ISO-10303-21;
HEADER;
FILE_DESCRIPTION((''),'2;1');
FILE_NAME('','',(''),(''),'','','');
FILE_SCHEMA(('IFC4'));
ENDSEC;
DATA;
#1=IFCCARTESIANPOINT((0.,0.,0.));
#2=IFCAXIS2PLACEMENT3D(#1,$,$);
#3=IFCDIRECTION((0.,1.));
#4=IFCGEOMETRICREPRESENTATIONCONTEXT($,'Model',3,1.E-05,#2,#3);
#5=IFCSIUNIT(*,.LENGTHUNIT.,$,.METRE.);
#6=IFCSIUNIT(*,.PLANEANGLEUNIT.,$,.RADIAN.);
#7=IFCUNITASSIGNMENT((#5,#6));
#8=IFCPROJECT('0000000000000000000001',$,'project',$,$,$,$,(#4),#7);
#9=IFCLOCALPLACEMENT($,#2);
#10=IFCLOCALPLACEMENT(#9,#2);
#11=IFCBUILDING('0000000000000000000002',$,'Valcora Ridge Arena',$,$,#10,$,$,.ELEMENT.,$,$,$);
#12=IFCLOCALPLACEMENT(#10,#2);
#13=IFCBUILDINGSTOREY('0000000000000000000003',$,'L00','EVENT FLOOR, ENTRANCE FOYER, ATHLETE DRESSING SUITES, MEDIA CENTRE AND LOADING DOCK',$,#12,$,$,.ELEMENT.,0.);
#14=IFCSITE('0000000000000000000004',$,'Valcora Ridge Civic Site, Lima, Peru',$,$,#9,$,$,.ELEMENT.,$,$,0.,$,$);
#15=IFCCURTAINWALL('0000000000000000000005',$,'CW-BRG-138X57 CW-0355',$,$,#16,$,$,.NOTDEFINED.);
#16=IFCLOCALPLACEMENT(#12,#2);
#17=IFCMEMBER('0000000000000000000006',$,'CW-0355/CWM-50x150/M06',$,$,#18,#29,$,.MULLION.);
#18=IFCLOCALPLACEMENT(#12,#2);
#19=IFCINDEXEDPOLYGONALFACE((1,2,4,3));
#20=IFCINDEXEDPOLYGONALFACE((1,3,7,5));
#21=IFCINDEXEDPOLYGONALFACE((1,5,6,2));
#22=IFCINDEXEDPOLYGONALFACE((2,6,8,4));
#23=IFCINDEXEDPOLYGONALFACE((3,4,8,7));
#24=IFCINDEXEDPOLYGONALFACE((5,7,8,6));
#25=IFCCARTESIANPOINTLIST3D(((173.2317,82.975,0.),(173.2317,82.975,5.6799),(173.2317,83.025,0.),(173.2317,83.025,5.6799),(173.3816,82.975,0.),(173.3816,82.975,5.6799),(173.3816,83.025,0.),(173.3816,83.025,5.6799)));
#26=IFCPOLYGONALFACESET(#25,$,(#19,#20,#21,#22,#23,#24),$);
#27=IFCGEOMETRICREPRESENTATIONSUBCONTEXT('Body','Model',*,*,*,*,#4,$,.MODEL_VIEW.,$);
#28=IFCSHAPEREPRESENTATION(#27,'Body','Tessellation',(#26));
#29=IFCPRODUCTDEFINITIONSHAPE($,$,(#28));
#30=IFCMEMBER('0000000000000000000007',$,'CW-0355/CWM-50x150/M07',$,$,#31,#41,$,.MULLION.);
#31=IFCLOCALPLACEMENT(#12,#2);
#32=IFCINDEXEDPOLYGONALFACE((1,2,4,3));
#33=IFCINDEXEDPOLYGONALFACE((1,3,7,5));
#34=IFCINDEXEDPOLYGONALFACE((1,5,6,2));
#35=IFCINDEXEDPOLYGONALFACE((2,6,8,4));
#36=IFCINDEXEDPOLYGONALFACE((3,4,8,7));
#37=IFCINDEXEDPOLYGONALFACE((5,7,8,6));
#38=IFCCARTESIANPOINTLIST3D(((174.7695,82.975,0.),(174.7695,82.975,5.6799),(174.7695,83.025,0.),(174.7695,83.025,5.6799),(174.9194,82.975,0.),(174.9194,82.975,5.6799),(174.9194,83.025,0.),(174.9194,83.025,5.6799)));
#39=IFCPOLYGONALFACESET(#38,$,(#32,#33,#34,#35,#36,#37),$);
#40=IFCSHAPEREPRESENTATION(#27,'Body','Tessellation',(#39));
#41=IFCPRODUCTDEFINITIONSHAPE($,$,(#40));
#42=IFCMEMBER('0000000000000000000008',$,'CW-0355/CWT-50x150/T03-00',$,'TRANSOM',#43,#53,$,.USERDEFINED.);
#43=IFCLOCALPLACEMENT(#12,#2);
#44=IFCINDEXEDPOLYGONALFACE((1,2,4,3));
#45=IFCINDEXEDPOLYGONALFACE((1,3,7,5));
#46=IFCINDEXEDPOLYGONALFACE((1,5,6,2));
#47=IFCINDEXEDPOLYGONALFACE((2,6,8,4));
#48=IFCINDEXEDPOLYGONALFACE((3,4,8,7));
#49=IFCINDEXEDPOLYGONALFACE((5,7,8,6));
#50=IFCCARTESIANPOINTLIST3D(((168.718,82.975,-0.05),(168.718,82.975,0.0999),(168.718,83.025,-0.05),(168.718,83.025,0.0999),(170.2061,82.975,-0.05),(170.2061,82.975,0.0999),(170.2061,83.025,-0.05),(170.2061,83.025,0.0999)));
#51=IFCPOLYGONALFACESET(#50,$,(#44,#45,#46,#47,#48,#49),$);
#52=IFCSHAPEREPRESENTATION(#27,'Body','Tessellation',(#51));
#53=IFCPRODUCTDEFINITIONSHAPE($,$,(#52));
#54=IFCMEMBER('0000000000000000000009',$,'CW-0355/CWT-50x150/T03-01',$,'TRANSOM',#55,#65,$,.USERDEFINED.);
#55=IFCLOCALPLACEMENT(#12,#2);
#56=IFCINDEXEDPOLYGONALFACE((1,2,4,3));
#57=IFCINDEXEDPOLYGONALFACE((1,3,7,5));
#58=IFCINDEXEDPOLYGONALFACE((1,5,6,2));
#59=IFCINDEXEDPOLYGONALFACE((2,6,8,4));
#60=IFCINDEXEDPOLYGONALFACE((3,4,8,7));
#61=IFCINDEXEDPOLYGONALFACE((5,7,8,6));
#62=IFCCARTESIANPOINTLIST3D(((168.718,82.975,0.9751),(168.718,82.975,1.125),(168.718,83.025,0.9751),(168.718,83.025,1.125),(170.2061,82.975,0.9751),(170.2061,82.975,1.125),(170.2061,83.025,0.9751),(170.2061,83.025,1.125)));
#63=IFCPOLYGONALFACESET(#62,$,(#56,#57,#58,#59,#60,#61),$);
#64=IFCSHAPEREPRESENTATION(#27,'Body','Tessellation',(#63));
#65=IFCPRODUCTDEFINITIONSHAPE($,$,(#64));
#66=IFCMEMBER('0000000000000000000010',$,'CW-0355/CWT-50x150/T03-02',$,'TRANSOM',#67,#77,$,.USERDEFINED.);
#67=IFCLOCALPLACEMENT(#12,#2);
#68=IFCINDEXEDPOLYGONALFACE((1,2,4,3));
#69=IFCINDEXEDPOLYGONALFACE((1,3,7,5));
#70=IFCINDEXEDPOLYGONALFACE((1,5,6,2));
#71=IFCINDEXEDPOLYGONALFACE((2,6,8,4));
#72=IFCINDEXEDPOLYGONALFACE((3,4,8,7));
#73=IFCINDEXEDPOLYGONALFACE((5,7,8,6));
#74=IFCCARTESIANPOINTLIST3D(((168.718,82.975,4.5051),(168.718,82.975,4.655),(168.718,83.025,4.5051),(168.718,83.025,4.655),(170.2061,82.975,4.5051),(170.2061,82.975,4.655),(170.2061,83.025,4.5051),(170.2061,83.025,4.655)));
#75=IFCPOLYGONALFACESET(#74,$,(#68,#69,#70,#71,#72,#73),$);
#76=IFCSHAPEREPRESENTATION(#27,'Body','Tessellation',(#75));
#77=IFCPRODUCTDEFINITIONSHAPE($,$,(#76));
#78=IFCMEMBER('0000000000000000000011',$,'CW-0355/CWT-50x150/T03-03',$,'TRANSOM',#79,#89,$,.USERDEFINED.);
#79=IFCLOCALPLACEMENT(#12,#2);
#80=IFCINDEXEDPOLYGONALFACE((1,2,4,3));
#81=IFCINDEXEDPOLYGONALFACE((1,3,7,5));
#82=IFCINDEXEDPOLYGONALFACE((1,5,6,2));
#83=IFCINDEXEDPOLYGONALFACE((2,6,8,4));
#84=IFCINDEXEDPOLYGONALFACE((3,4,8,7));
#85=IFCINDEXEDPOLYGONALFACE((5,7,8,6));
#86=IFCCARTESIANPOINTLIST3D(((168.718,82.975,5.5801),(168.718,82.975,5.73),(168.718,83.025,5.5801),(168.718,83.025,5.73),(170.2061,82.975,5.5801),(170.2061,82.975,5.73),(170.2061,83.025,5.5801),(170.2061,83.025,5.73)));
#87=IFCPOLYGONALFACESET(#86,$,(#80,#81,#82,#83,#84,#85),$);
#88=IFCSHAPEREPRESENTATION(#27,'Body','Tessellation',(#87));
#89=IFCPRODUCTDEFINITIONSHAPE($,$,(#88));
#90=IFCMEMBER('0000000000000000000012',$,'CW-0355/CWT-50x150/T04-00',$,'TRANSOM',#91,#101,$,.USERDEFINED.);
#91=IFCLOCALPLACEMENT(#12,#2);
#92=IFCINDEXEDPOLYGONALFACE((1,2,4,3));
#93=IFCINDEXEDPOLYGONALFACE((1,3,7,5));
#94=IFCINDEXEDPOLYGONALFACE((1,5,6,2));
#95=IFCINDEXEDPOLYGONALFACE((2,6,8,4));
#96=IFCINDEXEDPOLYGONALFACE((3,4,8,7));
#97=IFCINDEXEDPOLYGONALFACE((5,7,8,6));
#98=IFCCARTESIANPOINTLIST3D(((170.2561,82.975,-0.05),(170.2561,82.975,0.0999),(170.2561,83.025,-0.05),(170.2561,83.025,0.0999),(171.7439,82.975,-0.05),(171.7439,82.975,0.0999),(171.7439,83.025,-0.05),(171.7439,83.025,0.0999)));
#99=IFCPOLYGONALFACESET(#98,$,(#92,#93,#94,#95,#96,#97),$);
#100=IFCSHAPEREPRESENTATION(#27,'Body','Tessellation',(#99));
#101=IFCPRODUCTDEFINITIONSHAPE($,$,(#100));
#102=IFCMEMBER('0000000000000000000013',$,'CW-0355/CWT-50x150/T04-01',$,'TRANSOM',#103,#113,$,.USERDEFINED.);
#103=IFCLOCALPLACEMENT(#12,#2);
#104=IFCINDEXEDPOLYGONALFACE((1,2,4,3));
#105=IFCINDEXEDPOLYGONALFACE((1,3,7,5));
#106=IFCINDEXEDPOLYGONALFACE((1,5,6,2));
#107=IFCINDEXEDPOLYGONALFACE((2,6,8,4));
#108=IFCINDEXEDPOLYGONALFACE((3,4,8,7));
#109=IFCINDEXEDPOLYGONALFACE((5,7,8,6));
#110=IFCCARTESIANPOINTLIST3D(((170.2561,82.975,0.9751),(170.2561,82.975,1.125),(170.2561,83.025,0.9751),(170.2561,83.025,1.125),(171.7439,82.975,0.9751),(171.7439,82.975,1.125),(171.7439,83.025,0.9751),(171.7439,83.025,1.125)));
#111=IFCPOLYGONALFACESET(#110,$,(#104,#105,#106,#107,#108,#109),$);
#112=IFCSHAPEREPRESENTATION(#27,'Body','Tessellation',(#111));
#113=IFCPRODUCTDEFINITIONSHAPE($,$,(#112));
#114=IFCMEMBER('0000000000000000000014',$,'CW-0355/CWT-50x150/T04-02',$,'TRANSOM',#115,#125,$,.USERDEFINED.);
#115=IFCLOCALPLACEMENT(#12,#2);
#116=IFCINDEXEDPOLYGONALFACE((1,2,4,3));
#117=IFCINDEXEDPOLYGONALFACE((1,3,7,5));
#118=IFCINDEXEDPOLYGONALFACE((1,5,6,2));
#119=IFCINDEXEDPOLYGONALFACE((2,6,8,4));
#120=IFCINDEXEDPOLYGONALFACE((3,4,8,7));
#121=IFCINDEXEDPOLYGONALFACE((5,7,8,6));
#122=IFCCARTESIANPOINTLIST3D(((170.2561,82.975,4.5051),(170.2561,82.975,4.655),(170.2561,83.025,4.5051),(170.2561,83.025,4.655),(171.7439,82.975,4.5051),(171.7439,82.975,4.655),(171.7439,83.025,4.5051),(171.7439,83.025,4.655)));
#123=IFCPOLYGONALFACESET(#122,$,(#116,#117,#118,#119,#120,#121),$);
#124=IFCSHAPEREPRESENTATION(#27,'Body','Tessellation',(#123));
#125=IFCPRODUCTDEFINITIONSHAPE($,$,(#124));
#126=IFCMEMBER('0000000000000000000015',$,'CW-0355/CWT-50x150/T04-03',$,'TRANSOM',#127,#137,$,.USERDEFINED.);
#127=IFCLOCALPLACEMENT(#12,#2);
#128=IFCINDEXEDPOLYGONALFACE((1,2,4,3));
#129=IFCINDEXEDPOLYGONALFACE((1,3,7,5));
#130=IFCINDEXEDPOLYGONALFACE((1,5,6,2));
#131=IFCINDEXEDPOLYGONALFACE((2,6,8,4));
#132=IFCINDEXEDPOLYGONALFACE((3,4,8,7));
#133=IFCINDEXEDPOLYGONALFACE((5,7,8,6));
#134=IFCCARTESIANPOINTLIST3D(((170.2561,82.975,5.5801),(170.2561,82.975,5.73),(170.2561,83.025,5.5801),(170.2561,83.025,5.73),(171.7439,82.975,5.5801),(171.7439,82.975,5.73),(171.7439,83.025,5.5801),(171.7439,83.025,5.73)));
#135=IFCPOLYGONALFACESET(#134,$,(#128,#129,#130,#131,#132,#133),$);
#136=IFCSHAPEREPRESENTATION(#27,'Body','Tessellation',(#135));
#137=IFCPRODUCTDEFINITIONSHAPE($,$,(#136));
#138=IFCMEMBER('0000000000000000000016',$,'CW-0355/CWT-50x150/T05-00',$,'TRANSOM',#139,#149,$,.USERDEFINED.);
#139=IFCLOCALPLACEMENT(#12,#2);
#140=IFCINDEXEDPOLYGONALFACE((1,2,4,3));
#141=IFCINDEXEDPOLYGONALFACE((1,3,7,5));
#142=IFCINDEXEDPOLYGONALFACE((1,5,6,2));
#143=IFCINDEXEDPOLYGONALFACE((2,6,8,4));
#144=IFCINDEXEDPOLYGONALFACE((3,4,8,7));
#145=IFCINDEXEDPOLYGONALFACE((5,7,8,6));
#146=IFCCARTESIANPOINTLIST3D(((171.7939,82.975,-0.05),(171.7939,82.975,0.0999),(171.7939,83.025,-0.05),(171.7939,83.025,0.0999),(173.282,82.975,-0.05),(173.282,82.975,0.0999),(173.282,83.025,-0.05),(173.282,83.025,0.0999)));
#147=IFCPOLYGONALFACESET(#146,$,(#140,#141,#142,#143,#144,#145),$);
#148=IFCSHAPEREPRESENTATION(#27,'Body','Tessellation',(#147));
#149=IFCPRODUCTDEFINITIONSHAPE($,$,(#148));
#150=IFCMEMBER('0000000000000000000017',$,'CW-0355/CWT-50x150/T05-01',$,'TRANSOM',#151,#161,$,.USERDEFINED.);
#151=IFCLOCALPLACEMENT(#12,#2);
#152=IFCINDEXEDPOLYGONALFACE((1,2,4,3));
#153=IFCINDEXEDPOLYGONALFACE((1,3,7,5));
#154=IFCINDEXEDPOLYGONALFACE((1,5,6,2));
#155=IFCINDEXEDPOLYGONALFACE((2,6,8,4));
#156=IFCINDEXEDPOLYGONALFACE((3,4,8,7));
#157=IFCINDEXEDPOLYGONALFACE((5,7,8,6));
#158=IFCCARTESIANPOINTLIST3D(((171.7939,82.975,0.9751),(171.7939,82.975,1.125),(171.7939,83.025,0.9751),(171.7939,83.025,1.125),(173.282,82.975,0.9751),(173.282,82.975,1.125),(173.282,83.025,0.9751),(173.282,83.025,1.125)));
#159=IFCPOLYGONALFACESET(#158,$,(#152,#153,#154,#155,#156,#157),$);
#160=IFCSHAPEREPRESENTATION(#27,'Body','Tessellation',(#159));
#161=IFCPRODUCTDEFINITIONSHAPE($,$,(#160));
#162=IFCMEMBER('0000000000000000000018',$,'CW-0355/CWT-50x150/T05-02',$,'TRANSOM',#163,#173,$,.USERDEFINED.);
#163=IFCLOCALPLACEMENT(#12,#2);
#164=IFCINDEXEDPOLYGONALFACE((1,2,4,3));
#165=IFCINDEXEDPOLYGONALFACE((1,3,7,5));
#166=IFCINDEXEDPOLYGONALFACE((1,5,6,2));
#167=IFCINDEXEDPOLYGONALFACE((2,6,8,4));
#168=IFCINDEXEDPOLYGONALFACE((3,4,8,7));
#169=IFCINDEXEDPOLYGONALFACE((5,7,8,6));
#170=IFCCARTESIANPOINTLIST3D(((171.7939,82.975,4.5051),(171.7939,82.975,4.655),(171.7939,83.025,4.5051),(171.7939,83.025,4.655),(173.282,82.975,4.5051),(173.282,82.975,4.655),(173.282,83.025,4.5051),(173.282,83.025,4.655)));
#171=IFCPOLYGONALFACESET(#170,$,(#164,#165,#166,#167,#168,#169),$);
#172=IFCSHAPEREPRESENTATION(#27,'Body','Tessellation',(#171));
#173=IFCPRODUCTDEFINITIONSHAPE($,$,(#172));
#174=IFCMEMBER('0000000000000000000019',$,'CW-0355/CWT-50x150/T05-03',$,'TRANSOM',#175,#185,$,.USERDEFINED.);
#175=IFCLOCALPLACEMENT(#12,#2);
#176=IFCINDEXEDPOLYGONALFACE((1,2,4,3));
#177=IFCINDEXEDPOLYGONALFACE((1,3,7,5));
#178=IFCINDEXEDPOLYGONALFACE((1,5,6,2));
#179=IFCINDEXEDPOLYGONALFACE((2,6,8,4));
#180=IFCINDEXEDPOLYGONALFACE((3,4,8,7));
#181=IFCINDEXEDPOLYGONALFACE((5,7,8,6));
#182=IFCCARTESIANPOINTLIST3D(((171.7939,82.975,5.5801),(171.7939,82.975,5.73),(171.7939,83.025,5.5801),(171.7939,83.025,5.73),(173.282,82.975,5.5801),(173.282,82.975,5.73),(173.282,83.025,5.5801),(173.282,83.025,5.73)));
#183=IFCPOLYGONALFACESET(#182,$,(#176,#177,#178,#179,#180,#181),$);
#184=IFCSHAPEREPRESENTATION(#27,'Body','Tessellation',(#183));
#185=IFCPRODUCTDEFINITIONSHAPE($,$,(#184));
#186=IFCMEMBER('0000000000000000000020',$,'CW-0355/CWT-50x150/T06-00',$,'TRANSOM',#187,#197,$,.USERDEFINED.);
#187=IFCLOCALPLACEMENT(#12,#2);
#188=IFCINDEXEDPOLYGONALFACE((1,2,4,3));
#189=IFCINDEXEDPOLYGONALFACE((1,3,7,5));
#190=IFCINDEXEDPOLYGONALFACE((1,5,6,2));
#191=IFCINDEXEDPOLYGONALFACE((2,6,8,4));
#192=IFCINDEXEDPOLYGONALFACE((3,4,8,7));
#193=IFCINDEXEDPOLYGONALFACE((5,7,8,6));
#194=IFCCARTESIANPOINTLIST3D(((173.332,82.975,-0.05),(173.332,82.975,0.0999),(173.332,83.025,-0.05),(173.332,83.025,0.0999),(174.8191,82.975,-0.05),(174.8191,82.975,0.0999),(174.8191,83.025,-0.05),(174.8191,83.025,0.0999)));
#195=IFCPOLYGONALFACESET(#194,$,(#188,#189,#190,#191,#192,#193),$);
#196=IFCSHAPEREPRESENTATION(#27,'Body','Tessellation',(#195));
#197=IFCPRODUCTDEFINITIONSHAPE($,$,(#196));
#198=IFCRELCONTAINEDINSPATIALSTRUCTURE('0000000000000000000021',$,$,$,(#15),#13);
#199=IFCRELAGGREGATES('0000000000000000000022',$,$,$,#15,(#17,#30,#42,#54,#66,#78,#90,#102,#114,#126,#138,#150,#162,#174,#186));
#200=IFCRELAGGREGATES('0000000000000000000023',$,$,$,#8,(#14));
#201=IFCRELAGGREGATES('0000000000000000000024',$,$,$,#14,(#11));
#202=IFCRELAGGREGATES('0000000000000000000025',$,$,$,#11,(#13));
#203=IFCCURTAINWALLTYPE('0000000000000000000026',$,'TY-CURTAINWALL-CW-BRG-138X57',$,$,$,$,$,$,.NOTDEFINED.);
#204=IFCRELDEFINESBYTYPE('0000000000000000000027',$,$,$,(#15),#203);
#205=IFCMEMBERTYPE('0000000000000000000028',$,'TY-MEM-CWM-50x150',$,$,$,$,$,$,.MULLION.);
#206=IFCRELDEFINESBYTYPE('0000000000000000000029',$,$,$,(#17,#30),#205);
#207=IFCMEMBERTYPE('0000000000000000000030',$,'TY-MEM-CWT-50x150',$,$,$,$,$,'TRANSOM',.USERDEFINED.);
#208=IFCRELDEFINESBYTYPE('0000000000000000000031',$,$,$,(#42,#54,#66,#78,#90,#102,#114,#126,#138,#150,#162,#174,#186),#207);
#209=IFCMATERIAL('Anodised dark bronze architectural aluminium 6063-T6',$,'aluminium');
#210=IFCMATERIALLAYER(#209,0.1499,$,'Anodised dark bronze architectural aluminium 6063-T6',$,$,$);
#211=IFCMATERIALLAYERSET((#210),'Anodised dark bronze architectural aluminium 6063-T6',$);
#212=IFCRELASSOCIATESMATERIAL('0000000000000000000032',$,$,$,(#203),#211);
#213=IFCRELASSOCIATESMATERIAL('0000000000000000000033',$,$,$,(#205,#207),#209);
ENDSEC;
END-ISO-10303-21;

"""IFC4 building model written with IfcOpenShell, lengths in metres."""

from ifc_helpers import new_model, si_unit, direction, frame, origin, origin_2d, place, context, subcontext, project, spatial, rectangle, extrude, material, layer, layer_set, material_profile, profile_set, type_object, element, aggregate, save


model = new_model("IFC4")

# Units and contexts
model_context = context("Model", 3, precision=1e-05, world=origin(), true_north=direction((0.0, 1.0)))
body_context = subcontext(model_context, "Body", "Model", "MODEL_VIEW")
ifc_project = project(units=[si_unit("LENGTHUNIT", "METRE"), si_unit("PLANEANGLEUNIT", "RADIAN")], contexts=[model_context])

# Site, building, storey
site_placement = place(None, origin())
site = spatial("IfcSite", under=ifc_project, at=site_placement, Name="Valcora Ridge Civic Site, Lima, Peru", CompositionType="ELEMENT", RefElevation=0.0)
building_placement = place(site_placement, origin())
building = spatial("IfcBuilding", under=site, at=building_placement, Name="Valcora Ridge Arena", CompositionType="ELEMENT")
storey_placement = place(building_placement, origin())
storey = spatial("IfcBuildingStorey", under=building, at=storey_placement, Name="L00", Description="EVENT FLOOR, ENTRANCE FOYER, ATHLETE DRESSING SUITES, MEDIA CENTRE AND LOADING DOCK", CompositionType="ELEMENT", Elevation=0.0)

# Curtain wall, members
ifc_material_1 = material(Name="Anodised dark bronze architectural aluminium 6063-T6", Category="aluminium")
ifc_layer_1 = layer(ifc_material_1, 0.1499, Name="Anodised dark bronze architectural aluminium 6063-T6")
ifc_layer_set_1 = layer_set([ifc_layer_1], Name="Anodised dark bronze architectural aluminium 6063-T6")
curtain_wall_type = type_object("IfcCurtainWallType", Name="TY-CURTAINWALL-CW-BRG-138X57", PredefinedType="NOTDEFINED", material=ifc_layer_set_1)
curtain_wall_placement = place(storey_placement, origin())
curtain_wall = element("IfcCurtainWall", 1, at=curtain_wall_placement, inside=storey, type_object=curtain_wall_type, Name="CW-BRG-138X57 CW-0355", PredefinedType="NOTDEFINED")
ifc_material_profile_1 = material_profile(ifc_material_1, rectangle(XDim=0.05, YDim=0.1499, at=origin_2d()), Name="ALU MULLION 50x150")
ifc_profile_set_1 = profile_set([ifc_material_profile_1], Name="Anodised dark bronze architectural aluminium 6063-T6")
member_type_1 = type_object("IfcMemberType", Name="TY-MEM-CWM-50x150", PredefinedType="MULLION", material=ifc_profile_set_1)
member_1_placement = place(storey_placement, frame((173.3066, 83.0, 0.0), z_axis=(0.0, 0.0, 1.0), x_axis=(0.0, 1.0, 0.0)))
member_1 = element("IfcMember", 2, at=member_1_placement, type_object=member_type_1, Name="CW-0355/CWM-50x150/M06", PredefinedType="MULLION", context=body_context, shape_type="SweptSolid", body=[
    extrude(rectangle(XDim=0.05, YDim=0.1499, at=origin_2d()), origin(), (0.0, 0.0, 1.0), 5.6799),
])
member_2_placement = place(storey_placement, frame((174.8445, 83.0, 0.0), z_axis=(0.0, 0.0, 1.0), x_axis=(0.0, 1.0, 0.0)))
member_2 = element("IfcMember", 3, at=member_2_placement, type_object=member_type_1, Name="CW-0355/CWM-50x150/M07", PredefinedType="MULLION", context=body_context, shape_type="SweptSolid", body=[
    extrude(rectangle(XDim=0.05, YDim=0.1499, at=origin_2d()), origin(), (0.0, 0.0, 1.0), 5.6799),
])
ifc_material_profile_2 = material_profile(ifc_material_1, rectangle(XDim=0.05, YDim=0.1499, at=origin_2d()), Name="ALU TRANSOM 50x150")
ifc_profile_set_2 = profile_set([ifc_material_profile_2], Name="Anodised dark bronze architectural aluminium 6063-T6")
member_type_2 = type_object("IfcMemberType", Name="TY-MEM-CWT-50x150", ElementType="TRANSOM", PredefinedType="USERDEFINED", material=ifc_profile_set_2)
member_3_placement = place(storey_placement, frame((168.718, 83.0, 0.0249), z_axis=(1.0, 0.0, 0.0), x_axis=(0.0, 1.0, 0.0)))
member_3 = element("IfcMember", 4, at=member_3_placement, type_object=member_type_2, Name="CW-0355/CWT-50x150/T03-00", ObjectType="TRANSOM", PredefinedType="USERDEFINED", context=body_context, shape_type="SweptSolid", body=[
    extrude(rectangle(XDim=0.05, YDim=0.1499, at=origin_2d()), origin(), (0.0, 0.0, 1.0), 1.488),
])
member_4_placement = place(storey_placement, frame((168.718, 83.0, 1.05), z_axis=(1.0, 0.0, 0.0), x_axis=(0.0, 1.0, 0.0)))
member_4 = element("IfcMember", 5, at=member_4_placement, type_object=member_type_2, Name="CW-0355/CWT-50x150/T03-01", ObjectType="TRANSOM", PredefinedType="USERDEFINED", context=body_context, shape_type="SweptSolid", body=[
    extrude(rectangle(XDim=0.05, YDim=0.1499, at=origin_2d()), origin(), (0.0, 0.0, 1.0), 1.488),
])
member_5_placement = place(storey_placement, frame((168.718, 83.0, 4.5801), z_axis=(1.0, 0.0, 0.0), x_axis=(0.0, 1.0, 0.0)))
member_5 = element("IfcMember", 6, at=member_5_placement, type_object=member_type_2, Name="CW-0355/CWT-50x150/T03-02", ObjectType="TRANSOM", PredefinedType="USERDEFINED", context=body_context, shape_type="SweptSolid", body=[
    extrude(rectangle(XDim=0.05, YDim=0.1499, at=origin_2d()), origin(), (0.0, 0.0, 1.0), 1.488),
])
member_6_placement = place(storey_placement, frame((168.718, 83.0, 5.655), z_axis=(1.0, 0.0, 0.0), x_axis=(0.0, 1.0, 0.0)))
member_6 = element("IfcMember", 7, at=member_6_placement, type_object=member_type_2, Name="CW-0355/CWT-50x150/T03-03", ObjectType="TRANSOM", PredefinedType="USERDEFINED", context=body_context, shape_type="SweptSolid", body=[
    extrude(rectangle(XDim=0.05, YDim=0.1499, at=origin_2d()), origin(), (0.0, 0.0, 1.0), 1.488),
])
member_7_placement = place(storey_placement, frame((170.2561, 83.0, 0.0249), z_axis=(1.0, 0.0, 0.0), x_axis=(0.0, 1.0, 0.0)))
member_7 = element("IfcMember", 8, at=member_7_placement, type_object=member_type_2, Name="CW-0355/CWT-50x150/T04-00", ObjectType="TRANSOM", PredefinedType="USERDEFINED", context=body_context, shape_type="SweptSolid", body=[
    extrude(rectangle(XDim=0.05, YDim=0.1499, at=origin_2d()), origin(), (0.0, 0.0, 1.0), 1.4878),
])
member_8_placement = place(storey_placement, frame((170.2561, 83.0, 1.05), z_axis=(1.0, 0.0, 0.0), x_axis=(0.0, 1.0, 0.0)))
member_8 = element("IfcMember", 9, at=member_8_placement, type_object=member_type_2, Name="CW-0355/CWT-50x150/T04-01", ObjectType="TRANSOM", PredefinedType="USERDEFINED", context=body_context, shape_type="SweptSolid", body=[
    extrude(rectangle(XDim=0.05, YDim=0.1499, at=origin_2d()), origin(), (0.0, 0.0, 1.0), 1.4878),
])
member_9_placement = place(storey_placement, frame((170.2561, 83.0, 4.5801), z_axis=(1.0, 0.0, 0.0), x_axis=(0.0, 1.0, 0.0)))
member_9 = element("IfcMember", 10, at=member_9_placement, type_object=member_type_2, Name="CW-0355/CWT-50x150/T04-02", ObjectType="TRANSOM", PredefinedType="USERDEFINED", context=body_context, shape_type="SweptSolid", body=[
    extrude(rectangle(XDim=0.05, YDim=0.1499, at=origin_2d()), origin(), (0.0, 0.0, 1.0), 1.4878),
])
member_10_placement = place(storey_placement, frame((170.2561, 83.0, 5.655), z_axis=(1.0, 0.0, 0.0), x_axis=(0.0, 1.0, 0.0)))
member_10 = element("IfcMember", 11, at=member_10_placement, type_object=member_type_2, Name="CW-0355/CWT-50x150/T04-03", ObjectType="TRANSOM", PredefinedType="USERDEFINED", context=body_context, shape_type="SweptSolid", body=[
    extrude(rectangle(XDim=0.05, YDim=0.1499, at=origin_2d()), origin(), (0.0, 0.0, 1.0), 1.4878),
])
member_11_placement = place(storey_placement, frame((171.7939, 83.0, 0.0249), z_axis=(1.0, 0.0, 0.0), x_axis=(0.0, 1.0, 0.0)))
member_11 = element("IfcMember", 12, at=member_11_placement, type_object=member_type_2, Name="CW-0355/CWT-50x150/T05-00", ObjectType="TRANSOM", PredefinedType="USERDEFINED", context=body_context, shape_type="SweptSolid", body=[
    extrude(rectangle(XDim=0.05, YDim=0.1499, at=origin_2d()), origin(), (0.0, 0.0, 1.0), 1.488),
])
member_12_placement = place(storey_placement, frame((171.7939, 83.0, 1.05), z_axis=(1.0, 0.0, 0.0), x_axis=(0.0, 1.0, 0.0)))
member_12 = element("IfcMember", 13, at=member_12_placement, type_object=member_type_2, Name="CW-0355/CWT-50x150/T05-01", ObjectType="TRANSOM", PredefinedType="USERDEFINED", context=body_context, shape_type="SweptSolid", body=[
    extrude(rectangle(XDim=0.05, YDim=0.1499, at=origin_2d()), origin(), (0.0, 0.0, 1.0), 1.488),
])
member_13_placement = place(storey_placement, frame((171.7939, 83.0, 4.5801), z_axis=(1.0, 0.0, 0.0), x_axis=(0.0, 1.0, 0.0)))
member_13 = element("IfcMember", 14, at=member_13_placement, type_object=member_type_2, Name="CW-0355/CWT-50x150/T05-02", ObjectType="TRANSOM", PredefinedType="USERDEFINED", context=body_context, shape_type="SweptSolid", body=[
    extrude(rectangle(XDim=0.05, YDim=0.1499, at=origin_2d()), origin(), (0.0, 0.0, 1.0), 1.488),
])
member_14_placement = place(storey_placement, frame((171.7939, 83.0, 5.655), z_axis=(1.0, 0.0, 0.0), x_axis=(0.0, 1.0, 0.0)))
member_14 = element("IfcMember", 15, at=member_14_placement, type_object=member_type_2, Name="CW-0355/CWT-50x150/T05-03", ObjectType="TRANSOM", PredefinedType="USERDEFINED", context=body_context, shape_type="SweptSolid", body=[
    extrude(rectangle(XDim=0.05, YDim=0.1499, at=origin_2d()), origin(), (0.0, 0.0, 1.0), 1.488),
])
member_15_placement = place(storey_placement, frame((173.332, 83.0, 0.0249), z_axis=(1.0, 0.0, 0.0), x_axis=(0.0, 1.0, 0.0)))
member_15 = element("IfcMember", 16, at=member_15_placement, type_object=member_type_2, Name="CW-0355/CWT-50x150/T06-00", ObjectType="TRANSOM", PredefinedType="USERDEFINED", context=body_context, shape_type="SweptSolid", body=[
    extrude(rectangle(XDim=0.05, YDim=0.1499, at=origin_2d()), origin(), (0.0, 0.0, 1.0), 1.4871),
])
aggregate(curtain_wall, [member_1, member_2, member_3, member_4, member_5, member_6, member_7, member_8, member_9, member_10, member_11, member_12, member_13, member_14, member_15])

save(model, "model.ifc")
